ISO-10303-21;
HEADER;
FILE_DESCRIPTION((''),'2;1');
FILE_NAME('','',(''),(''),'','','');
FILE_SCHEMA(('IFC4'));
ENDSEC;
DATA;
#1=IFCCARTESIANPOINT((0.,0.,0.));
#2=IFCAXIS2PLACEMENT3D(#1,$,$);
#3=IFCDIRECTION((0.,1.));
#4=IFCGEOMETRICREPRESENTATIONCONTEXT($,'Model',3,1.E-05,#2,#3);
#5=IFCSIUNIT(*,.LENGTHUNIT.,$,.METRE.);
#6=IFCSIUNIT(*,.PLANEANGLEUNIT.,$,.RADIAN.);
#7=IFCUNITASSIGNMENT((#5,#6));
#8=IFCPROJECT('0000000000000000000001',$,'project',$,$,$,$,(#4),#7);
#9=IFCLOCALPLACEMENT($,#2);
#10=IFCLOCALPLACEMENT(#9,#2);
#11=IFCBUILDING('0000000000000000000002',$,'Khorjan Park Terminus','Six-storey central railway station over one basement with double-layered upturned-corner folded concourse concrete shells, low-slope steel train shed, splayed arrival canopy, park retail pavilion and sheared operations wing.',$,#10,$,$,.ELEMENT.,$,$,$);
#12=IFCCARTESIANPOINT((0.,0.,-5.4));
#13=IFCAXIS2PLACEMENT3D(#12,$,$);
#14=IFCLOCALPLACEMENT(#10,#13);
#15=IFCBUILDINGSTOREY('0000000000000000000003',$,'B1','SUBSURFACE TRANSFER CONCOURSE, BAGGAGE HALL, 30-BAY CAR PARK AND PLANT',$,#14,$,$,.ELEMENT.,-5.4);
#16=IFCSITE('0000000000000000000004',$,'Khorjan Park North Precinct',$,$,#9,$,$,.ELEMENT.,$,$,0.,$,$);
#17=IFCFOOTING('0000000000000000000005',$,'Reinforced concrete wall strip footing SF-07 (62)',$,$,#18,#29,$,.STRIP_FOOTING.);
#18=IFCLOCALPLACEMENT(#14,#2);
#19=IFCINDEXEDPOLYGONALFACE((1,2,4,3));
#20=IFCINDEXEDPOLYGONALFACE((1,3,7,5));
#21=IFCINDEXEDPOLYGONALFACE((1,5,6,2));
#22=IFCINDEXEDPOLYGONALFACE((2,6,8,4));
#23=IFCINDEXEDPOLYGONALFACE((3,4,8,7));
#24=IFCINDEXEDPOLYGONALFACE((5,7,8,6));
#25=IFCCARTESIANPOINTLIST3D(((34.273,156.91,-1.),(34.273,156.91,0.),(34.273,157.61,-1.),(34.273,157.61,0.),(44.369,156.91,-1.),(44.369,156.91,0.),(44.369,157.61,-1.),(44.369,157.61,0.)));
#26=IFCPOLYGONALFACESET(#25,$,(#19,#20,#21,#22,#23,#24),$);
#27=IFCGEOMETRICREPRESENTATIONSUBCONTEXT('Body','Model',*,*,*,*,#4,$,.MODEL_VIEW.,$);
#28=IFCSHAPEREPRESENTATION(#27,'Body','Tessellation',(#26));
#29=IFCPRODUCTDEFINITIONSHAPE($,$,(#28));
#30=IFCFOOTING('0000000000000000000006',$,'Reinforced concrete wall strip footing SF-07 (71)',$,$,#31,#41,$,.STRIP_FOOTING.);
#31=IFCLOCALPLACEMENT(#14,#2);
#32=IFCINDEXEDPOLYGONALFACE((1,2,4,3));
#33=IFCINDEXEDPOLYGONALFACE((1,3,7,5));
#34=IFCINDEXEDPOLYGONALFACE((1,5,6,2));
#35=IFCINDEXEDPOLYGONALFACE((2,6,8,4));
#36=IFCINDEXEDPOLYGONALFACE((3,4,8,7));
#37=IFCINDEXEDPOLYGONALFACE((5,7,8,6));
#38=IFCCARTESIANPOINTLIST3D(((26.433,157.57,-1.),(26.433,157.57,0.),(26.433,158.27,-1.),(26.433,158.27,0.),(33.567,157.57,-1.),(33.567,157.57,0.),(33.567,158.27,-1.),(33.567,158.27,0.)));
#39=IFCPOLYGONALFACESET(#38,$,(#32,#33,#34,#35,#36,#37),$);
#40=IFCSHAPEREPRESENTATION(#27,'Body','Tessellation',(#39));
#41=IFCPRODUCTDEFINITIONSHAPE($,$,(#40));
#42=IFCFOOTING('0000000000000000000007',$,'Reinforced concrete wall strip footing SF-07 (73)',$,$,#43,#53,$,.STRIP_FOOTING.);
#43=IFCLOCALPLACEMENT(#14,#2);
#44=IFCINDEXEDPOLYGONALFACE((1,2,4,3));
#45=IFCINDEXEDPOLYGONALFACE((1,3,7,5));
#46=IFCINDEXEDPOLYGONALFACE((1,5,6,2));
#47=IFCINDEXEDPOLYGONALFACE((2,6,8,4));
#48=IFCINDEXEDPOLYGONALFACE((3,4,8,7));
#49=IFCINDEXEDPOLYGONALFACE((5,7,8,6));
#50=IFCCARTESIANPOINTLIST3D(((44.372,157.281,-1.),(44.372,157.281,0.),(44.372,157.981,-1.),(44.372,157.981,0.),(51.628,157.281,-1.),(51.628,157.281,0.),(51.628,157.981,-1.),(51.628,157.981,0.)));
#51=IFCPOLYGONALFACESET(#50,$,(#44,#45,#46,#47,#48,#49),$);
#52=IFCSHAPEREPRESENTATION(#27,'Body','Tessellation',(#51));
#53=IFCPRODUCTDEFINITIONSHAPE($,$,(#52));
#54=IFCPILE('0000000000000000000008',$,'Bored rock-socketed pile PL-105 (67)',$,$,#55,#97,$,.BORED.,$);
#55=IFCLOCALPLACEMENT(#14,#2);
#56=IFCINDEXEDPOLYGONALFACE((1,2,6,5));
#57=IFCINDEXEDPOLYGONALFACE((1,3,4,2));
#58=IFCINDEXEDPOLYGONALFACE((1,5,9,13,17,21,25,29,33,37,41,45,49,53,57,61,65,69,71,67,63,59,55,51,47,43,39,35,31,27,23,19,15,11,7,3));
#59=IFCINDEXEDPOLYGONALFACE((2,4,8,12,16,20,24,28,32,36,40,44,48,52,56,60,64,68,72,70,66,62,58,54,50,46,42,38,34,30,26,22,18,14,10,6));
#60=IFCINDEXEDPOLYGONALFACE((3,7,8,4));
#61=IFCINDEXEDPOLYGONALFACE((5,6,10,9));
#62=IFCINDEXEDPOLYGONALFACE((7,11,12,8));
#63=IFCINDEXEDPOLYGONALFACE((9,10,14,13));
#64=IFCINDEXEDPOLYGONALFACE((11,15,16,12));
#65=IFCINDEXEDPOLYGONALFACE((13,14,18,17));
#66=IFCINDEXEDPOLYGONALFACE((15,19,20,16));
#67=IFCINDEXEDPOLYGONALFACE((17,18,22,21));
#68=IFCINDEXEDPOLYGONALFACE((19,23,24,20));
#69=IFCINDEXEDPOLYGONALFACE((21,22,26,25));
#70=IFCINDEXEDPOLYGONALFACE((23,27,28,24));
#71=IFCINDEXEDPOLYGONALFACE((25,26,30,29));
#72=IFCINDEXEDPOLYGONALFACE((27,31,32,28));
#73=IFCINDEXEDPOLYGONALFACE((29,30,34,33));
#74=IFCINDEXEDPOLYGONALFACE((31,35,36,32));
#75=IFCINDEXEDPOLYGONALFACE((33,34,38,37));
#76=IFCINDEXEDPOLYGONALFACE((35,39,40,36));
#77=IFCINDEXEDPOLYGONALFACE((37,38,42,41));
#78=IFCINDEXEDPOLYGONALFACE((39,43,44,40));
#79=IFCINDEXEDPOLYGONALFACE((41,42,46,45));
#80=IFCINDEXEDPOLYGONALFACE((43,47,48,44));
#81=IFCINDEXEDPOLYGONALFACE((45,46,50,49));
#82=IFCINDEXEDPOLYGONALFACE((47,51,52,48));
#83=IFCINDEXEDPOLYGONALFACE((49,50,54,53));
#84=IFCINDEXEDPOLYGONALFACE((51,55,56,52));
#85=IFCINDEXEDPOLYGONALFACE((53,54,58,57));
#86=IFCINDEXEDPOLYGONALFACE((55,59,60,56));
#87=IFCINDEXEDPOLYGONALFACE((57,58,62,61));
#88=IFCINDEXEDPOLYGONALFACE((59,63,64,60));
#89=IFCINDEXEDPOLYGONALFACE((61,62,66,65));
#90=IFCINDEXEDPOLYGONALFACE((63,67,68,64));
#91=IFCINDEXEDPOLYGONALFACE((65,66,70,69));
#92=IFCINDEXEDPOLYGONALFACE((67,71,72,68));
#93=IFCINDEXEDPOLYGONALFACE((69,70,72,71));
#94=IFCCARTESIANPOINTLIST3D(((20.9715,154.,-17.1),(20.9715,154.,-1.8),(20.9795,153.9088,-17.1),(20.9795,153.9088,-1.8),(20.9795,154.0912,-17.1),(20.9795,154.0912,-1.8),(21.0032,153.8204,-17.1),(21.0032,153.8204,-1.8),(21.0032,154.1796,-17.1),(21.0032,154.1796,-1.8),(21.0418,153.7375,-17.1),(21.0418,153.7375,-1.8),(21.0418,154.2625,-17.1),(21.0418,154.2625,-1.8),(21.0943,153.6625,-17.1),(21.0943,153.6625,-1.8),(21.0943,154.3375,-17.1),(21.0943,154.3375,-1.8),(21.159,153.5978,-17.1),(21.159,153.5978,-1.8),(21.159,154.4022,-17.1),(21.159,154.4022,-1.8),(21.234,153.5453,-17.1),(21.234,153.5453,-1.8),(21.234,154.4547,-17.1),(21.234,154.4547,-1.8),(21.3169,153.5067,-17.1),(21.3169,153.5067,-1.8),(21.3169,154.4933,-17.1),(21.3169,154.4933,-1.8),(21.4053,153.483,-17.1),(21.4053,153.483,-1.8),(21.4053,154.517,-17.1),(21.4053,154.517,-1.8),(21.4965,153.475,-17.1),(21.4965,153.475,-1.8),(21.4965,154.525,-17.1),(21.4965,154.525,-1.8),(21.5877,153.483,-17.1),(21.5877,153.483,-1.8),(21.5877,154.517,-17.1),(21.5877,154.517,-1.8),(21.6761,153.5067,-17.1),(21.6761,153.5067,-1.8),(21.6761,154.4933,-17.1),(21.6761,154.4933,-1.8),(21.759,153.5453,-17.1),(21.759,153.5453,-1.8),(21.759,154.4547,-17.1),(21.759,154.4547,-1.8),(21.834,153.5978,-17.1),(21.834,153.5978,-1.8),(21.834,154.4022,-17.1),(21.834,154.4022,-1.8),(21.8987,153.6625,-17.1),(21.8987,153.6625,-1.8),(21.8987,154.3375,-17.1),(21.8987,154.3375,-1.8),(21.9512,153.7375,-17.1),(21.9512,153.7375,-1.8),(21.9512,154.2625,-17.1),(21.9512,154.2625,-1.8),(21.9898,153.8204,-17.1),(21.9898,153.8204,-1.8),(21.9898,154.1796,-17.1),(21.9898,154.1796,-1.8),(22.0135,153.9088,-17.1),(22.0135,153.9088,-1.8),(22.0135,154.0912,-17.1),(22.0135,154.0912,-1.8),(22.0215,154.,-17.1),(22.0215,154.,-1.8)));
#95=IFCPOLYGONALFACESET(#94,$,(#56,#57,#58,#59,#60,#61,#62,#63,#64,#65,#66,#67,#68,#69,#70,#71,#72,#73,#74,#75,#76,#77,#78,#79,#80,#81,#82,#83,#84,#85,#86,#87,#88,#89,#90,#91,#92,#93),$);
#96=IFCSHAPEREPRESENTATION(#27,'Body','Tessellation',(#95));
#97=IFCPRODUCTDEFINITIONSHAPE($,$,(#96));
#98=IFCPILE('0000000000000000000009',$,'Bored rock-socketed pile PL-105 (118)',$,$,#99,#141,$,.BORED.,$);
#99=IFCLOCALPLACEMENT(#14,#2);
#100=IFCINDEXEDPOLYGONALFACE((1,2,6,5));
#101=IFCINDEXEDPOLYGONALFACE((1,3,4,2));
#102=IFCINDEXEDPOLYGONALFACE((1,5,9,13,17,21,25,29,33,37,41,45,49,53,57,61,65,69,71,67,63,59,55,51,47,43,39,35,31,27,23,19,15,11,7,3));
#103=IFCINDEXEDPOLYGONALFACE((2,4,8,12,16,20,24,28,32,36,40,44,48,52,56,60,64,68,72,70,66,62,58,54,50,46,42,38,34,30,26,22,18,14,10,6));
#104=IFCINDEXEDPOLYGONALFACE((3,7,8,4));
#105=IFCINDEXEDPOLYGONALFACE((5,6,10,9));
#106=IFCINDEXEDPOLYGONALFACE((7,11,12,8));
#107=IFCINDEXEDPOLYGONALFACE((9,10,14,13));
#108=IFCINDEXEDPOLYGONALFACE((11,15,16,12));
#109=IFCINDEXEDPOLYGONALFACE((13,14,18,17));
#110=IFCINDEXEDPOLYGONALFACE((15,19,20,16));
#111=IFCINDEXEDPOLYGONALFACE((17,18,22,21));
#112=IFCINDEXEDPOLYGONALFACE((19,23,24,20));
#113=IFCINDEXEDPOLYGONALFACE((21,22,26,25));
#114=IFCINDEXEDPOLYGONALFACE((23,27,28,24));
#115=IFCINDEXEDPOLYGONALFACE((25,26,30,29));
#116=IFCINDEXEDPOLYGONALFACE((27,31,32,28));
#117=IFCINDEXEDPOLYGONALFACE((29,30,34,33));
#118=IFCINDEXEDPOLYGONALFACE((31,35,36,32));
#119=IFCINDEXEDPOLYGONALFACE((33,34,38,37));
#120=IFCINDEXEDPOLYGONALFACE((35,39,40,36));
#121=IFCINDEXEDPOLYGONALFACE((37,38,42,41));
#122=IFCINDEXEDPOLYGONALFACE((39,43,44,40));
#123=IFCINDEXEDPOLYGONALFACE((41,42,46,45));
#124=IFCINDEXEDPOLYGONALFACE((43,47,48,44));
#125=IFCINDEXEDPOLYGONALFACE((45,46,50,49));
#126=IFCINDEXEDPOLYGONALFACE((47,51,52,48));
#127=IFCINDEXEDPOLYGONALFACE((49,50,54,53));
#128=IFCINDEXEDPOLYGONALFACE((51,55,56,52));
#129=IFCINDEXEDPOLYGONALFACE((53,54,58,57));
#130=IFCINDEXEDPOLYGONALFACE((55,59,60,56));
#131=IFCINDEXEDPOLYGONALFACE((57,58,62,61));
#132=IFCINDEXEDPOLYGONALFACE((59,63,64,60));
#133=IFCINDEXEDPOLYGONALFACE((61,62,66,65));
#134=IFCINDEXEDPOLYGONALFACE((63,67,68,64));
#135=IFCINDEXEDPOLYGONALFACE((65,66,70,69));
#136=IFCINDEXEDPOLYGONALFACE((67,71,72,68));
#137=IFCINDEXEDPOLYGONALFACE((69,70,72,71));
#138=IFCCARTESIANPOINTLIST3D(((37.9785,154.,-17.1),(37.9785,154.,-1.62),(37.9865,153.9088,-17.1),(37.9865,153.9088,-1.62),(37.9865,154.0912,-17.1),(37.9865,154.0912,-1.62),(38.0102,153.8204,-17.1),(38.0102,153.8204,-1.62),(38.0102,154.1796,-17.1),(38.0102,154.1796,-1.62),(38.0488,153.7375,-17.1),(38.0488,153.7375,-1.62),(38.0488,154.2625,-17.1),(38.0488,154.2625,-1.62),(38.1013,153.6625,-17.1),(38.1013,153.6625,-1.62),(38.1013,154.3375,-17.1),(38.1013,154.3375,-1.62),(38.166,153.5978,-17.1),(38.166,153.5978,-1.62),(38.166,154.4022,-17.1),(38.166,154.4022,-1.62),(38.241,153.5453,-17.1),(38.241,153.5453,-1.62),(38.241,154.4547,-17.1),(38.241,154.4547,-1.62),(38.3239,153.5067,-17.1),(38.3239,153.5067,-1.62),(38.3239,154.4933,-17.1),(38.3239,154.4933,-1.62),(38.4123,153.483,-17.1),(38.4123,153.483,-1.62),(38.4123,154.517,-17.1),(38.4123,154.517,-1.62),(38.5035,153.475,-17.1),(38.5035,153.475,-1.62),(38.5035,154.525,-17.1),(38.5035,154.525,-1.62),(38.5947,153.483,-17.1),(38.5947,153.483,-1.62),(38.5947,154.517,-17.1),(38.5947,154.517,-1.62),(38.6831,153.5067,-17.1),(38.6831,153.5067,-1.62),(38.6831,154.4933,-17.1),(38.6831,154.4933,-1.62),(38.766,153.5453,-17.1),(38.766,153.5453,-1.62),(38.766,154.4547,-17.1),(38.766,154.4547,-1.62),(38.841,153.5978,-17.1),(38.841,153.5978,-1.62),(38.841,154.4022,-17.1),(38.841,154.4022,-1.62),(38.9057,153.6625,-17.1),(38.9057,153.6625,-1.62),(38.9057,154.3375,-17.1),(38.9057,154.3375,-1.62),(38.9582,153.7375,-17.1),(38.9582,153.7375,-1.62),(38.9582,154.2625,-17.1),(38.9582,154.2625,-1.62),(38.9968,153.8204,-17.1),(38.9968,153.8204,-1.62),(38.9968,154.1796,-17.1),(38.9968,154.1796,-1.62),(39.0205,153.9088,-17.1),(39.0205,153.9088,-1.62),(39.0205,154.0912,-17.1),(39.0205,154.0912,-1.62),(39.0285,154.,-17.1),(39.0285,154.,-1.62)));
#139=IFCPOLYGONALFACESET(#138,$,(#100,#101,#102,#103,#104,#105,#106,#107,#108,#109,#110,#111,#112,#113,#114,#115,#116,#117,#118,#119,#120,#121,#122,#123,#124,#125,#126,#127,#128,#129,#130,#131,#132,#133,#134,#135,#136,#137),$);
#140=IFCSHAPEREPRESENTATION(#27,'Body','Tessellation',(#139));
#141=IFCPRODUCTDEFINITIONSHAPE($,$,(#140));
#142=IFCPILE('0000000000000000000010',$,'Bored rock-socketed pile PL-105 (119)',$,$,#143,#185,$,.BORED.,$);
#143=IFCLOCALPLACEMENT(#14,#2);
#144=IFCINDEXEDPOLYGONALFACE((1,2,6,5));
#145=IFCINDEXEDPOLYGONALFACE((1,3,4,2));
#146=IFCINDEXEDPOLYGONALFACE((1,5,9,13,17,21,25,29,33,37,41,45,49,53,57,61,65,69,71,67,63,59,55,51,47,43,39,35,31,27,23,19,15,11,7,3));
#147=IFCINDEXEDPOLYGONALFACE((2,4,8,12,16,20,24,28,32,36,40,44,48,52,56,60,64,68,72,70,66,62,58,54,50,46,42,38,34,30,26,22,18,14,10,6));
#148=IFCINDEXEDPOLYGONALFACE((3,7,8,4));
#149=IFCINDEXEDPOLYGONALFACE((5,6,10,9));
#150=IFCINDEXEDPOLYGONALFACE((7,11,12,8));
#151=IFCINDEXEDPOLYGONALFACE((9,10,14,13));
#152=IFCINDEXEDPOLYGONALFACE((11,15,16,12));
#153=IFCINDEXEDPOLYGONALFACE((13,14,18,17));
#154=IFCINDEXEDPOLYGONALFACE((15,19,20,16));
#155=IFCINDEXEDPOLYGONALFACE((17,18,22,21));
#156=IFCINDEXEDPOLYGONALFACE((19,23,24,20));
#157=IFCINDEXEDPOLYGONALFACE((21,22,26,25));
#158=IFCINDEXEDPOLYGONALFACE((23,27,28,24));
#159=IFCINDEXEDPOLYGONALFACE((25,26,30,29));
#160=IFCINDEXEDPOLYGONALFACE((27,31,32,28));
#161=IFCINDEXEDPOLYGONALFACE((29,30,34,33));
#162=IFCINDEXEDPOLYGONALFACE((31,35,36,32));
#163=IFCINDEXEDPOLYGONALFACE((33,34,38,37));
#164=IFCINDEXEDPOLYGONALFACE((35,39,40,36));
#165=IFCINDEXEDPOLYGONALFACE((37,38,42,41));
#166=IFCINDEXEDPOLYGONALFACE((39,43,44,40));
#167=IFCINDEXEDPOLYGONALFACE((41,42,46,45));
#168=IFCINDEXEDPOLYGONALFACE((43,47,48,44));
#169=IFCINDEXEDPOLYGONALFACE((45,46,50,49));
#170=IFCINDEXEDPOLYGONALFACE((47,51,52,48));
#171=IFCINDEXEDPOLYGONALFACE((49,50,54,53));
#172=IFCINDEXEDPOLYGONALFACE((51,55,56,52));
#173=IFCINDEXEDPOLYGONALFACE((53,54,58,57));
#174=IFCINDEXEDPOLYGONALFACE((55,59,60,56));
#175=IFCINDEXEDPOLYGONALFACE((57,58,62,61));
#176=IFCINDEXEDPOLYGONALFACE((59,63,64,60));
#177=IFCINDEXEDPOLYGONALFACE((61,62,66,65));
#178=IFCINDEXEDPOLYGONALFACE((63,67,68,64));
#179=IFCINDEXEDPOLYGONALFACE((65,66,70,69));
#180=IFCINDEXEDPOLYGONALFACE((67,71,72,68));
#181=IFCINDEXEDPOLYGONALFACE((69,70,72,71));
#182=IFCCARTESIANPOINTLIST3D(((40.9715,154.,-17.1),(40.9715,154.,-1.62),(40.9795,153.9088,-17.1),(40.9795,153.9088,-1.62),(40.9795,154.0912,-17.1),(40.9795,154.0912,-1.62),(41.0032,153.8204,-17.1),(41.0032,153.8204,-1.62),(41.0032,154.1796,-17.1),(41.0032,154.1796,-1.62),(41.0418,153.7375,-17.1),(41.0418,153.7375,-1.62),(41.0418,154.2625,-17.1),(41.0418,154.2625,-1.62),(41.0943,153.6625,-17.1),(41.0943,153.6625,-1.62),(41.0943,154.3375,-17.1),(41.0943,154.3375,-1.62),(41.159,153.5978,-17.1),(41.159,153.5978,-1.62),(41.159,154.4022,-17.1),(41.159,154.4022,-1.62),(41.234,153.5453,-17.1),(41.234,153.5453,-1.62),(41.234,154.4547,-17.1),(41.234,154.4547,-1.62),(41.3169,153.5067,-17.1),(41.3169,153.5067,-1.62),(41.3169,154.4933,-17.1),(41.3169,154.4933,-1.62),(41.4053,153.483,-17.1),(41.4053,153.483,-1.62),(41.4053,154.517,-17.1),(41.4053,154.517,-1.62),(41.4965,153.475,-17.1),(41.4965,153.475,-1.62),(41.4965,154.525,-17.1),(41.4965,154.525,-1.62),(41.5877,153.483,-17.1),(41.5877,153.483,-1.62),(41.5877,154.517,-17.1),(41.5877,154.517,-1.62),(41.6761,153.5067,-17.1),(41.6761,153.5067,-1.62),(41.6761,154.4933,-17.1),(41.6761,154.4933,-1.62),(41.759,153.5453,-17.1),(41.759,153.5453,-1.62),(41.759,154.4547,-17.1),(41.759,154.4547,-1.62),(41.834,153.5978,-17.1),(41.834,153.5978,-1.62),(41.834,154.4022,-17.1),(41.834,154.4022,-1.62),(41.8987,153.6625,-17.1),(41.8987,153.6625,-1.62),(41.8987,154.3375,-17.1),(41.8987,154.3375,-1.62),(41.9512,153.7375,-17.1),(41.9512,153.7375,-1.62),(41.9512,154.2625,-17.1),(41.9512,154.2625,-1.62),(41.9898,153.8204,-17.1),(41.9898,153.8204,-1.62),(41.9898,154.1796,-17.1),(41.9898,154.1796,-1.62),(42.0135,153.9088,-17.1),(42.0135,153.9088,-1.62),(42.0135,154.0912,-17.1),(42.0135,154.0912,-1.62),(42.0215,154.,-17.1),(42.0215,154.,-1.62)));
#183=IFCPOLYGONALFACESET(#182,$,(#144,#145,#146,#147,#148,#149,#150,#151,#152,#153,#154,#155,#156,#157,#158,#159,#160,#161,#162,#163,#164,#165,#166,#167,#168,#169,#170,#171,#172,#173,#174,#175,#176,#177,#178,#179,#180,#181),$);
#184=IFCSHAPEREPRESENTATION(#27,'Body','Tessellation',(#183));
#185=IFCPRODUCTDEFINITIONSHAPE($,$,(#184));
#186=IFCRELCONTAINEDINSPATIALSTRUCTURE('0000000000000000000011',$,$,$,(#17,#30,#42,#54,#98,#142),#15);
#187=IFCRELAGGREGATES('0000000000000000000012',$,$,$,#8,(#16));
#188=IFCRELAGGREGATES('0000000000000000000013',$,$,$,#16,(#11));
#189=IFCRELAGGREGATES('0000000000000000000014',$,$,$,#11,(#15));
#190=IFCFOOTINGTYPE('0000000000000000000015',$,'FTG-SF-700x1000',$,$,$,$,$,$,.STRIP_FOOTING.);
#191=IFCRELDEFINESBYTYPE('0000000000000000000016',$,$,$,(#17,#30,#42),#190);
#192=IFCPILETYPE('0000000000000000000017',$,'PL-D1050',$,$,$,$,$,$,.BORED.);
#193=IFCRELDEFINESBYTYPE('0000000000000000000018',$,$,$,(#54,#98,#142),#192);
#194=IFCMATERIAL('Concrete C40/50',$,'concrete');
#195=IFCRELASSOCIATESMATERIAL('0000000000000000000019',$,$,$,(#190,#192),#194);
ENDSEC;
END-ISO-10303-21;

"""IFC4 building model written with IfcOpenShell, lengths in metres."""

from ifc_helpers import new_model, si_unit, direction, frame, origin, origin_2d, place, context, subcontext, project, spatial, rectangle, circle, extrude, material, material_profile, profile_set, type_object, element, save


model = new_model("IFC4")

# Units and contexts
model_context = context("Model", 3, precision=1e-05, world=origin(), true_north=direction((0.0, 1.0)))
body_context = subcontext(model_context, "Body", "Model", "MODEL_VIEW")
ifc_project = project(units=[si_unit("LENGTHUNIT", "METRE"), si_unit("PLANEANGLEUNIT", "RADIAN")], contexts=[model_context])

# Site, building, storey
site_placement = place(None, origin())
site = spatial("IfcSite", under=ifc_project, at=site_placement, Name="Khorjan Park North Precinct", CompositionType="ELEMENT", RefElevation=0.0)
building_placement = place(site_placement, origin())
building = spatial("IfcBuilding", under=site, at=building_placement, Name="Khorjan Park Terminus", Description="Six-storey central railway station over one basement with double-layered upturned-corner folded concourse concrete shells, low-slope steel train shed, splayed arrival canopy, park retail pavilion and sheared operations wing.", CompositionType="ELEMENT")
storey_placement = place(building_placement, frame((0.0, 0.0, -5.4)))
storey = spatial("IfcBuildingStorey", under=building, at=storey_placement, Name="B1", Description="SUBSURFACE TRANSFER CONCOURSE, BAGGAGE HALL, 30-BAY CAR PARK AND PLANT", CompositionType="ELEMENT", Elevation=-5.4)

# Footings
ifc_material_1 = material(Name="Concrete C40/50", Category="concrete")
ifc_material_profile_1 = material_profile(ifc_material_1, rectangle(XDim=0.7, YDim=1.0, at=origin_2d()), Name="RC 700x1000")
ifc_profile_set_1 = profile_set([ifc_material_profile_1], Name="Concrete C40/50")
footing_type_1 = type_object("IfcFootingType", Name="FTG-SF-700x1000", PredefinedType="STRIP_FOOTING", material=ifc_profile_set_1)
footing_1_placement = place(storey_placement, frame((34.273, 157.26, -0.5), z_axis=(1.0, 0.0, 0.0), x_axis=(0.0, 1.0, 0.0)))
element("IfcFooting", 1, at=footing_1_placement, inside=storey, type_object=footing_type_1, Name="Reinforced concrete wall strip footing SF-07 (62)", PredefinedType="STRIP_FOOTING", context=body_context, shape_type="SweptSolid", body=[
    extrude(rectangle(XDim=0.7, YDim=1.0, at=origin_2d()), origin(), (0.0, 0.0, 1.0), 10.096),
])
footing_2_placement = place(storey_placement, frame((26.433, 157.92, -0.5), z_axis=(1.0, 0.0, 0.0), x_axis=(0.0, 1.0, 0.0)))
element("IfcFooting", 2, at=footing_2_placement, inside=storey, type_object=footing_type_1, Name="Reinforced concrete wall strip footing SF-07 (71)", PredefinedType="STRIP_FOOTING", context=body_context, shape_type="SweptSolid", body=[
    extrude(rectangle(XDim=0.7, YDim=1.0, at=origin_2d()), origin(), (0.0, 0.0, 1.0), 7.134),
])
footing_3_placement = place(storey_placement, frame((44.372, 157.631, -0.5), z_axis=(1.0, 0.0, 0.0), x_axis=(0.0, 1.0, 0.0)))
element("IfcFooting", 3, at=footing_3_placement, inside=storey, type_object=footing_type_1, Name="Reinforced concrete wall strip footing SF-07 (73)", PredefinedType="STRIP_FOOTING", context=body_context, shape_type="SweptSolid", body=[
    extrude(rectangle(XDim=0.7, YDim=1.0, at=origin_2d()), origin(), (0.0, 0.0, 1.0), 7.256),
])

# Piles
ifc_material_profile_2 = material_profile(ifc_material_1, circle(Radius=0.525, at=origin_2d()), Name="BORED D1050")
ifc_profile_set_2 = profile_set([ifc_material_profile_2], Name="Concrete C40/50")
pile_type_1 = type_object("IfcPileType", Name="PL-D1050", PredefinedType="BORED", material=ifc_profile_set_2)
pile_1_placement = place(storey_placement, frame((21.4965, 154.0, -1.8), z_axis=(0.0, 0.0, -1.0), x_axis=(1.0, 0.0, 0.0)))
element("IfcPile", 4, at=pile_1_placement, inside=storey, type_object=pile_type_1, Name="Bored rock-socketed pile PL-105 (67)", PredefinedType="BORED", context=body_context, shape_type="SweptSolid", body=[
    extrude(circle(Radius=0.525, at=origin_2d()), origin(), (0.0, 0.0, 1.0), 15.3),
])
for number, where, z_axis, x_axis, name in (
    (5, (38.5035, 154.0, -1.62), (0.0, 0.0, -1.0), (1.0, 0.0, 0.0), "Bored rock-socketed pile PL-105 (118)"),
    (6, (41.4965, 154.0, -1.62), (0.0, 0.0, -1.0), (1.0, 0.0, 0.0), "Bored rock-socketed pile PL-105 (119)"),
):
    element("IfcPile", number, at=place(storey_placement, frame(where, z_axis=z_axis, x_axis=x_axis)), inside=storey, type_object=pile_type_1, Name=name, PredefinedType="BORED", context=body_context, shape_type="SweptSolid", body=[
        extrude(circle(Radius=0.525, at=origin_2d()), origin(), (0.0, 0.0, 1.0), 15.48),
    ])

save(model, "model.ifc")
